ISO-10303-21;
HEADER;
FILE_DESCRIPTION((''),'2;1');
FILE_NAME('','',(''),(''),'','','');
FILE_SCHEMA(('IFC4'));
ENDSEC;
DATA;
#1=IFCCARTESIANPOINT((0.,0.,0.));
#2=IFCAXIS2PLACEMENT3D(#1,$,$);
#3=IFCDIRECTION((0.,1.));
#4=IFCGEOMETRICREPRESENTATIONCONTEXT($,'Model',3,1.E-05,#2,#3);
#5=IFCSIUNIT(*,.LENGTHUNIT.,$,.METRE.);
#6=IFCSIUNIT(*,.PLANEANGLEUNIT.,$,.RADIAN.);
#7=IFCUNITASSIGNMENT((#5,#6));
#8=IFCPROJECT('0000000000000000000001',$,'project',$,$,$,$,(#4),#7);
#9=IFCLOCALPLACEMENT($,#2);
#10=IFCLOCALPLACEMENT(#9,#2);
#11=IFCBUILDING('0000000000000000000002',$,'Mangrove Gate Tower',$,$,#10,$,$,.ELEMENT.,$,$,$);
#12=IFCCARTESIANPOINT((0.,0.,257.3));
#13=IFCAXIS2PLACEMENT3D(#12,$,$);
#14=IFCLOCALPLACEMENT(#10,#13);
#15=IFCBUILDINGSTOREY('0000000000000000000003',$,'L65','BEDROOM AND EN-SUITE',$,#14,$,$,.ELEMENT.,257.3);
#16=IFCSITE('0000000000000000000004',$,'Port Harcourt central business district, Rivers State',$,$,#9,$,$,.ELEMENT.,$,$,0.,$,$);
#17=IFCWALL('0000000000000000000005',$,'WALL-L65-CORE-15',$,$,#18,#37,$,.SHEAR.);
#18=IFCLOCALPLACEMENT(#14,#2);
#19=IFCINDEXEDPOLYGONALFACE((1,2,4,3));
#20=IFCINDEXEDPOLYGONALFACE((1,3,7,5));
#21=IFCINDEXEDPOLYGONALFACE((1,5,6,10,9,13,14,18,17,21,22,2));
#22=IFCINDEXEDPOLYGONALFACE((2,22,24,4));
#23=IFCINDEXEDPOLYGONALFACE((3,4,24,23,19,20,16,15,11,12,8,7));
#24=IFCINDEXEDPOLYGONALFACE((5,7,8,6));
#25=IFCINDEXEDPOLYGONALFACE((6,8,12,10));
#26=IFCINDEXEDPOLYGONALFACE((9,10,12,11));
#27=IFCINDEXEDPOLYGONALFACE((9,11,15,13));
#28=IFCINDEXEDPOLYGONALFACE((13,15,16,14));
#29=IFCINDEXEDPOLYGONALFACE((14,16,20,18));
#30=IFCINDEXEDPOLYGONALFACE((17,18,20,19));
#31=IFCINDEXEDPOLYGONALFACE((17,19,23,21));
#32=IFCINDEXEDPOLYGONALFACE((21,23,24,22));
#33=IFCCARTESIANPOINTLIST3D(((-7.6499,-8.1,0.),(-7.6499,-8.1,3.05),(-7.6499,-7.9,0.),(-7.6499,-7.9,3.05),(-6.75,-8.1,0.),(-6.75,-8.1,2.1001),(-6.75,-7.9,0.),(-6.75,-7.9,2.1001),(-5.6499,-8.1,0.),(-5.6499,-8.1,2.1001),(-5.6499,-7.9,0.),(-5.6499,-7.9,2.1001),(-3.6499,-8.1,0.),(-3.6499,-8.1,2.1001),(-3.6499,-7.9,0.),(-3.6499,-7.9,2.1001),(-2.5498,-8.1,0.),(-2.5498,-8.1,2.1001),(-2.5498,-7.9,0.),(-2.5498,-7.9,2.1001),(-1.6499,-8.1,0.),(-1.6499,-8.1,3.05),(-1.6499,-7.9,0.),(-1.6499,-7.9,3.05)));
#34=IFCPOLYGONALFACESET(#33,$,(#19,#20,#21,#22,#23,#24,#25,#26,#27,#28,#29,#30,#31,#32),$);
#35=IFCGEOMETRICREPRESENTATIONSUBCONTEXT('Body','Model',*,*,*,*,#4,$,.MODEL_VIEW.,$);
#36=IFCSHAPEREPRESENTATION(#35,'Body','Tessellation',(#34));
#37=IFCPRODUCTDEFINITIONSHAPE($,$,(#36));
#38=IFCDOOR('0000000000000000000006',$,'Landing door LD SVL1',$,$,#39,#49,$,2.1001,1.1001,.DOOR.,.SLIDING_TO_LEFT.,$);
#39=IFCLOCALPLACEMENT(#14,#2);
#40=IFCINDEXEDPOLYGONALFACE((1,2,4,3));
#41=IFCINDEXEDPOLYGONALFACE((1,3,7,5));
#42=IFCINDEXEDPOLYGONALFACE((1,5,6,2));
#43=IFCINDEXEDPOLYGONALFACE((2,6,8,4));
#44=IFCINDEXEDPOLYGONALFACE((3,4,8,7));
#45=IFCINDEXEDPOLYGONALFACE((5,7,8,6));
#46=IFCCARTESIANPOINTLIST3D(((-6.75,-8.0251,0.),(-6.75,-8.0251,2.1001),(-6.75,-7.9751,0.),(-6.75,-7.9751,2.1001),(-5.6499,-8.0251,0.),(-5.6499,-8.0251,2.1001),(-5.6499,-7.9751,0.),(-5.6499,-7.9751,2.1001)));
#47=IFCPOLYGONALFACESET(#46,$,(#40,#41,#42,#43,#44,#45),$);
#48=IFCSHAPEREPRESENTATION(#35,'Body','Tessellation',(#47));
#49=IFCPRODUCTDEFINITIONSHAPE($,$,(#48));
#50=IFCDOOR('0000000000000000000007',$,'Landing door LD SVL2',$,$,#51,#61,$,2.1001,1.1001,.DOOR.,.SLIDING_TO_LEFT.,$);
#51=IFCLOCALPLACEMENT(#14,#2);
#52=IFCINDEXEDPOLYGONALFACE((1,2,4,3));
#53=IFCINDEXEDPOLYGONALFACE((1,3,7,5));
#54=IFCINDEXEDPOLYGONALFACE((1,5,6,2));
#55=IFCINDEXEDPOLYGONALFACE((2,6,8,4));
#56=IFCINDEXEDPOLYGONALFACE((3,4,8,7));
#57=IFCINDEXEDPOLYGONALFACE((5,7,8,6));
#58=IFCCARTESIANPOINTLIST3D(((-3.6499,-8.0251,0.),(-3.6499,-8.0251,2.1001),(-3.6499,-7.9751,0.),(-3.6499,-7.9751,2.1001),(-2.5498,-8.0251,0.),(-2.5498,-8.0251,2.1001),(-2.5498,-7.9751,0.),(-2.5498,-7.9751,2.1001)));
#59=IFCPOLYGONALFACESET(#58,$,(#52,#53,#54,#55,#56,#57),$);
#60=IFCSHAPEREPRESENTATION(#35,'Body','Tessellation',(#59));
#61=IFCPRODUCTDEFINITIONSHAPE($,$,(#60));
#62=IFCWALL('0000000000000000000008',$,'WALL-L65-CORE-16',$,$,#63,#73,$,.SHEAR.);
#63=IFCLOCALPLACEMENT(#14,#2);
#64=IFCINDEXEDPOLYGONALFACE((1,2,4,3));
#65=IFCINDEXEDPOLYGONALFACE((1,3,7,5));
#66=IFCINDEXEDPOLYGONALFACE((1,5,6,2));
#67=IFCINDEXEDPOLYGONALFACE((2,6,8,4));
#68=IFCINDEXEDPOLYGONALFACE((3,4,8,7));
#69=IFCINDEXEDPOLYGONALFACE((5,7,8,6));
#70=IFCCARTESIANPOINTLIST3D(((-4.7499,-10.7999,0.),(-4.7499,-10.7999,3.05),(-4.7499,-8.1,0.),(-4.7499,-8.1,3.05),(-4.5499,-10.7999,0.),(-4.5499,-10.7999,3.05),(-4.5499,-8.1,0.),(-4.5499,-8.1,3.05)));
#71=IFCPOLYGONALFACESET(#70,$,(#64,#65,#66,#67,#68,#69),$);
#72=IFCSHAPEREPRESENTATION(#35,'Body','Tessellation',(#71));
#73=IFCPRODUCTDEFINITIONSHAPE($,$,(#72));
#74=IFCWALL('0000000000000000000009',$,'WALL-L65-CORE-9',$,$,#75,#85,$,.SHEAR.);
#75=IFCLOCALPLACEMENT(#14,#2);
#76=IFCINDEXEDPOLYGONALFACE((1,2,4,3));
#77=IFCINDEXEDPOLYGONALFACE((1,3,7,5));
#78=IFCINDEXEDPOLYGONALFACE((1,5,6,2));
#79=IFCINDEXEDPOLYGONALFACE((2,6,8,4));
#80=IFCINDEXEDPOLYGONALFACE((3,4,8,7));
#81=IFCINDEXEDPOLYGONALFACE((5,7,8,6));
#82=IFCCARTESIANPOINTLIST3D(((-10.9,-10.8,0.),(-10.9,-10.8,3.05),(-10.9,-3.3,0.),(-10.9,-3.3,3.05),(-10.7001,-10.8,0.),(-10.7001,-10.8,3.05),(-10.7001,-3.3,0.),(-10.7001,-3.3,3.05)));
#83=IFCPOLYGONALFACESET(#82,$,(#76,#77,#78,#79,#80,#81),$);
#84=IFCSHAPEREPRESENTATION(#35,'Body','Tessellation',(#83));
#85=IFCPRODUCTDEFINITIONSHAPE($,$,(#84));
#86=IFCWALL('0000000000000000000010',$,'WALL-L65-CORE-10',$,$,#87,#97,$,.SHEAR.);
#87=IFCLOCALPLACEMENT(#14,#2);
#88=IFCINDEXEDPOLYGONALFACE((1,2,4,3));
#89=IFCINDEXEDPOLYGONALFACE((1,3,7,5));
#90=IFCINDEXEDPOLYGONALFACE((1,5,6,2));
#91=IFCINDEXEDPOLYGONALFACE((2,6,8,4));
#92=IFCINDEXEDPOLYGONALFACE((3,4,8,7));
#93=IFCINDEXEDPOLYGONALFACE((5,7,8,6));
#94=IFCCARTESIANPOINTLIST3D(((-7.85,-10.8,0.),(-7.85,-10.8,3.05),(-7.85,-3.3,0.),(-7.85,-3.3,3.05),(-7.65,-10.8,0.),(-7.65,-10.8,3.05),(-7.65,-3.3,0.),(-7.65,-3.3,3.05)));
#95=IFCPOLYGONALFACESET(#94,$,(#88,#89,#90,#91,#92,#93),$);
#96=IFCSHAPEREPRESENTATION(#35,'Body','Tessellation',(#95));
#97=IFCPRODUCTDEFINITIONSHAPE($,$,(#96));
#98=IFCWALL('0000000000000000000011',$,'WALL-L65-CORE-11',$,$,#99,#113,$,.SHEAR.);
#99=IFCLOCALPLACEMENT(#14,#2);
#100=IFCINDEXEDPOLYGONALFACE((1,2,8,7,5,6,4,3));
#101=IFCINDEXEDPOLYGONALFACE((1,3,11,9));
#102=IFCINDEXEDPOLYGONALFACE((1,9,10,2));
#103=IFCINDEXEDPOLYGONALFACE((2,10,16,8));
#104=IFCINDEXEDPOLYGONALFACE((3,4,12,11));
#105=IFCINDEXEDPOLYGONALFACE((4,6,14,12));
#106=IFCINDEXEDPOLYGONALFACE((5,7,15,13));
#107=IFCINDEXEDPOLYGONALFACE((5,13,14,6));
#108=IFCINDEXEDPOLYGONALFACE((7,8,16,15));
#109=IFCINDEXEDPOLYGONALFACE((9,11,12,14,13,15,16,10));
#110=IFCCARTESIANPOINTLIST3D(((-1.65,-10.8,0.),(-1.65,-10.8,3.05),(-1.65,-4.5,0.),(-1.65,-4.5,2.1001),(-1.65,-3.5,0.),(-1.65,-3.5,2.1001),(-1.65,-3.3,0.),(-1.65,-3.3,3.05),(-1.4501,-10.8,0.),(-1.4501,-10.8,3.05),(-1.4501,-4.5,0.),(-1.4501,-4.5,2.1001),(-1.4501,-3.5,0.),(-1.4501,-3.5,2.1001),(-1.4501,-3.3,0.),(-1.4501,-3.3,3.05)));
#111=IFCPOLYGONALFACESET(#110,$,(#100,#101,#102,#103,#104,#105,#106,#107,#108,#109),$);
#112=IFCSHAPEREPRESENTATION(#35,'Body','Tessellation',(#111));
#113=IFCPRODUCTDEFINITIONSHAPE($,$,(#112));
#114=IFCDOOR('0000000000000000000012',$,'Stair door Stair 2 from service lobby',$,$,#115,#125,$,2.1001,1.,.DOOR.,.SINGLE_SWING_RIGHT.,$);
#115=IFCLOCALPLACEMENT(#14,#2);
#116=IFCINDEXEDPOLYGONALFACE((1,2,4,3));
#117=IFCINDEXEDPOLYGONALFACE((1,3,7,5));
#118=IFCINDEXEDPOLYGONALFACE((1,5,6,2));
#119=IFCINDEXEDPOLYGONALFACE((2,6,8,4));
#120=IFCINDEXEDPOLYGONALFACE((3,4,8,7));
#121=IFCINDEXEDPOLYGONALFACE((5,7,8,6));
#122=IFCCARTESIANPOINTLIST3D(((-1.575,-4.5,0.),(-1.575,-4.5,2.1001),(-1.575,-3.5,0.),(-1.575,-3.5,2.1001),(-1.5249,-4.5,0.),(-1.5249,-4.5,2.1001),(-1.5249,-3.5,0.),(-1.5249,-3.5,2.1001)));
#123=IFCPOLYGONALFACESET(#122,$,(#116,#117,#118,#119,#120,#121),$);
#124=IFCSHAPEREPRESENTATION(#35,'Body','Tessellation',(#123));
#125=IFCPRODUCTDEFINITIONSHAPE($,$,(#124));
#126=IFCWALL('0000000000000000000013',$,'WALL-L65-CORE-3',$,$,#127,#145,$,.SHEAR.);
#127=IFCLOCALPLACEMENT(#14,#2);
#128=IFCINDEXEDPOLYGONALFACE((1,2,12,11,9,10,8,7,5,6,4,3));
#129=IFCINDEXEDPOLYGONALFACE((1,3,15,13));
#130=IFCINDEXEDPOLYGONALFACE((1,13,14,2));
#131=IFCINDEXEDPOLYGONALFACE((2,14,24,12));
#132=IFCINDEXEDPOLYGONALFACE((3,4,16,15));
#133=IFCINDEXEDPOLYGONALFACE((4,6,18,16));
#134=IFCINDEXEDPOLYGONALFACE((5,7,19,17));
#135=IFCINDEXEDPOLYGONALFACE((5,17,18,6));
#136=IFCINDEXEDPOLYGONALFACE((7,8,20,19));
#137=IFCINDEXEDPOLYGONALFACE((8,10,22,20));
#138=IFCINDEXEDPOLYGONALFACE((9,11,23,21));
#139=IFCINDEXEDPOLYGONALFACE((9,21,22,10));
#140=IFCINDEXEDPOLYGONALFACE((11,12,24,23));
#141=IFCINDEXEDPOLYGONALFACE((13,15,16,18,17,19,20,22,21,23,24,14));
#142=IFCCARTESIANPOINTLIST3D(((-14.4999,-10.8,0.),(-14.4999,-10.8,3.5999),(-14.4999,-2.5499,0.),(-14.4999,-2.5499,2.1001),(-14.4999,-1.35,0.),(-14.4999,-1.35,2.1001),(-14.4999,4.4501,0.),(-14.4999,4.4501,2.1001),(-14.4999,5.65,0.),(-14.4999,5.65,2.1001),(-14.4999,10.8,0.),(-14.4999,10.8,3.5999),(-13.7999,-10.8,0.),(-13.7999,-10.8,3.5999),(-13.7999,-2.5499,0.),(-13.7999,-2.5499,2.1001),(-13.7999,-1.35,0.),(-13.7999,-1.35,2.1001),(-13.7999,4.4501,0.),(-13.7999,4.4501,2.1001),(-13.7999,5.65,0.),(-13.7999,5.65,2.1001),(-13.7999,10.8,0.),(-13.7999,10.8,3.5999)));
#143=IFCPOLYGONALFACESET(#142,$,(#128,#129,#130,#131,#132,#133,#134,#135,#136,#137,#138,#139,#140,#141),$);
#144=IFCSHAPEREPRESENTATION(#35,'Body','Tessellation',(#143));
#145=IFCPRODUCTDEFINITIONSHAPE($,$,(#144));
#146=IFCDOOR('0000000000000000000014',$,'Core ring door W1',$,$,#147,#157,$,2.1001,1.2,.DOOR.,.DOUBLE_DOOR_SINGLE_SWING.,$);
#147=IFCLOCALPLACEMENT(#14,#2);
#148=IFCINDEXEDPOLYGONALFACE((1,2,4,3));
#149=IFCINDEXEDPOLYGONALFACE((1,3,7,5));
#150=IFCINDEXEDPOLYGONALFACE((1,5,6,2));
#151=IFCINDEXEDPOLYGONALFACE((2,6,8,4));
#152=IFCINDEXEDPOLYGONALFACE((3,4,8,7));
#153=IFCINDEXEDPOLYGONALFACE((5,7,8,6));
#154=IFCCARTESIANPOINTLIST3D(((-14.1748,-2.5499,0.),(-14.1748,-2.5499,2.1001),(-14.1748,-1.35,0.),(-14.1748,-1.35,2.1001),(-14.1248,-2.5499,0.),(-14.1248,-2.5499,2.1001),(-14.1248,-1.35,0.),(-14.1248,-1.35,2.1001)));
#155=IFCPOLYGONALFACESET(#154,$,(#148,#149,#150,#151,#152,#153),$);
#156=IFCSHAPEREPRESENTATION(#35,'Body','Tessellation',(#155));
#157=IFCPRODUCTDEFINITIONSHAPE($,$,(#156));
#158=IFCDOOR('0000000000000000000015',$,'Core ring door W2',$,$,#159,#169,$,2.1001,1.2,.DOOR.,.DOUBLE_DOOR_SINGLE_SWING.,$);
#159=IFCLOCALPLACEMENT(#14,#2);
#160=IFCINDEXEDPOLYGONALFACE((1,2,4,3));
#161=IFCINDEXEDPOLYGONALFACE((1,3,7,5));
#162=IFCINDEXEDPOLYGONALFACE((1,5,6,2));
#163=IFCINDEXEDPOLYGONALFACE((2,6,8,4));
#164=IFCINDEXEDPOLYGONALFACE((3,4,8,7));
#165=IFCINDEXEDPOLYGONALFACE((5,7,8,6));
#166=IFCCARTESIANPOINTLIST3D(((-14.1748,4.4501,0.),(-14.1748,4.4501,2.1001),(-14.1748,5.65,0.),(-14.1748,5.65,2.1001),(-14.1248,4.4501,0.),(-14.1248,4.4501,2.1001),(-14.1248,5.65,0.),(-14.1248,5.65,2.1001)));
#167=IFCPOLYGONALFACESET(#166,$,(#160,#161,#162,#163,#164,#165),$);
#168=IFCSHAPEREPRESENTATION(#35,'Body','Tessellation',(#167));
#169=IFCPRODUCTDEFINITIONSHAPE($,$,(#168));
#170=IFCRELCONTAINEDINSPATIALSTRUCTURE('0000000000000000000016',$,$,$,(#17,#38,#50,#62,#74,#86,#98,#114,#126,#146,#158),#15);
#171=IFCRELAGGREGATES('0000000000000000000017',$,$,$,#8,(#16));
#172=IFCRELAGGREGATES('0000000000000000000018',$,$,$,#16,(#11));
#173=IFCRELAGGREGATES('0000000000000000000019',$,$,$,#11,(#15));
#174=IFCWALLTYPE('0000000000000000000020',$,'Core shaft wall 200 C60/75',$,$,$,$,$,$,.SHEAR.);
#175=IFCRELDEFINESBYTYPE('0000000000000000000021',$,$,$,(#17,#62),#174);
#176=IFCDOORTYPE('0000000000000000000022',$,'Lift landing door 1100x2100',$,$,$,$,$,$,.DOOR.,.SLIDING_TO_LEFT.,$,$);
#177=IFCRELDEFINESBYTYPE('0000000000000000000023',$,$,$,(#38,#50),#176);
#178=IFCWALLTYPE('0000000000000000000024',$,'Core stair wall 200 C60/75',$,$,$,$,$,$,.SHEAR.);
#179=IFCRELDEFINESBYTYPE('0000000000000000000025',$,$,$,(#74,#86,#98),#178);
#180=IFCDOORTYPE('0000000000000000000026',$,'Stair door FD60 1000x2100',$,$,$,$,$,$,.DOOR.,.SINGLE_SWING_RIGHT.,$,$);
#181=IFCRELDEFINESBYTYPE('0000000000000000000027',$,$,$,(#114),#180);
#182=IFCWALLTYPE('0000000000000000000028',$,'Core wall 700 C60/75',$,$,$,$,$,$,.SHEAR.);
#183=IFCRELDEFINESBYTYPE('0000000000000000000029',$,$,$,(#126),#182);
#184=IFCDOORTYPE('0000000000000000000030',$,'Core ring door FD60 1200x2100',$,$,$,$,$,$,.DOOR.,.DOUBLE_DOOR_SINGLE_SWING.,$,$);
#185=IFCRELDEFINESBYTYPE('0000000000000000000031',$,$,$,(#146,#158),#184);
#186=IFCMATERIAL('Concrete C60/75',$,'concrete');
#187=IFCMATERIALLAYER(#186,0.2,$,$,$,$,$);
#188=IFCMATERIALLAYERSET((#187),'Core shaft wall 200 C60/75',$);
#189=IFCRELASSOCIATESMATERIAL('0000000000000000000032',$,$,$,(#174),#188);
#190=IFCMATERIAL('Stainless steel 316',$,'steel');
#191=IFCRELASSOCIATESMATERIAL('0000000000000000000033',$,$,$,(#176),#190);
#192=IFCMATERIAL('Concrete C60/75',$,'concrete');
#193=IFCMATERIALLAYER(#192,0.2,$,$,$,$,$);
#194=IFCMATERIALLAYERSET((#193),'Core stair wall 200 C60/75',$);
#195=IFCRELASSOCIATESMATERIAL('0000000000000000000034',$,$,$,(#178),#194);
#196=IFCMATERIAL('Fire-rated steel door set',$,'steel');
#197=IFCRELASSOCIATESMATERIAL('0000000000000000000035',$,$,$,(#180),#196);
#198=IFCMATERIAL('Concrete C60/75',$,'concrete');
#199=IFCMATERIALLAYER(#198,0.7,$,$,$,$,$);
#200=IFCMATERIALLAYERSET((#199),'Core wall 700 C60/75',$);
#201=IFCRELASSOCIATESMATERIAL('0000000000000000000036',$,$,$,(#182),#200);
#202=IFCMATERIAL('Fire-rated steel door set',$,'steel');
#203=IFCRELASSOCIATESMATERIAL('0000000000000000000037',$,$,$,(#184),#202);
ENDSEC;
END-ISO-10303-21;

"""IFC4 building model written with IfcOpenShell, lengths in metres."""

from ifc_helpers import new_model, si_unit, direction, frame, frame_2d, origin, place, context, subcontext, project, spatial, rectangle, extrude, material, layer, layer_set, type_object, element, fill, save


model = new_model("IFC4")

# Units and contexts
model_context = context("Model", 3, precision=1e-05, world=origin(), true_north=direction((0.0, 1.0)))
body_context = subcontext(model_context, "Body", "Model", "MODEL_VIEW")
ifc_project = project(units=[si_unit("LENGTHUNIT", "METRE"), si_unit("PLANEANGLEUNIT", "RADIAN")], contexts=[model_context])

# Site, building, storey
site_placement = place(None, origin())
site = spatial("IfcSite", under=ifc_project, at=site_placement, Name="Port Harcourt central business district, Rivers State", CompositionType="ELEMENT", RefElevation=0.0)
building_placement = place(site_placement, origin())
building = spatial("IfcBuilding", under=site, at=building_placement, Name="Mangrove Gate Tower", CompositionType="ELEMENT")
storey_placement = place(building_placement, frame((0.0, 0.0, 257.3)))
storey = spatial("IfcBuildingStorey", under=building, at=storey_placement, Name="L65", Description="BEDROOM AND EN-SUITE", CompositionType="ELEMENT", Elevation=257.3)

# Wall, openings, doors
ifc_material_1 = material(Name="Concrete C60/75", Category="concrete")
ifc_layer_1 = layer(ifc_material_1, 0.2)
ifc_layer_set_1 = layer_set([ifc_layer_1], Name="Core shaft wall 200 C60/75")
wall_type_1 = type_object("IfcWallType", Name="Core shaft wall 200 C60/75", PredefinedType="SHEAR", material=ifc_layer_set_1)
wall_1_placement = place(storey_placement, frame((-7.6499, -8.0, 0.0), z_axis=(0.0, 0.0, 1.0), x_axis=(1.0, 0.0, 0.0)))
wall_1 = element("IfcWall", 1, at=wall_1_placement, inside=storey, type_object=wall_type_1, Name="WALL-L65-CORE-15", PredefinedType="SHEAR", context=body_context, shape_type="SweptSolid", body=[
    extrude(rectangle(XDim=6.0, YDim=0.2, at=frame_2d((3.0, 0.0))), origin(), (0.0, 0.0, 1.0), 3.05),
])
opening_1_placement = place(wall_1_placement, frame((0.8999, 0.0, 0.0)))
opening_1 = element("IfcOpeningElement", 2, at=opening_1_placement, cuts=wall_1, PredefinedType="OPENING", context=body_context, shape_type="SweptSolid", body=[
    extrude(rectangle(XDim=1.1001, YDim=2.1001, at=frame_2d((0.55, 1.05))), frame((0.0, 0.1099, 0.0), z_axis=(0.0, -1.0, 0.0), x_axis=(1.0, 0.0, 0.0)), (0.0, 0.0, 1.0), 0.22),
])
opening_2_placement = place(wall_1_placement, frame((4.0, 0.0, 0.0)))
opening_2 = element("IfcOpeningElement", 3, at=opening_2_placement, cuts=wall_1, PredefinedType="OPENING", context=body_context, shape_type="SweptSolid", body=[
    extrude(rectangle(XDim=1.1001, YDim=2.1001, at=frame_2d((0.55, 1.05))), frame((0.0, 0.1099, 0.0), z_axis=(0.0, -1.0, 0.0), x_axis=(1.0, 0.0, 0.0)), (0.0, 0.0, 1.0), 0.22),
])
ifc_material_2 = material(Name="Stainless steel 316", Category="steel")
door_type_1 = type_object("IfcDoorType", Name="Lift landing door 1100x2100", OperationType="SLIDING_TO_LEFT", PredefinedType="DOOR", material=ifc_material_2)
door_1_placement = place(opening_1_placement, origin())
door_1 = element("IfcDoor", 4, at=door_1_placement, inside=storey, type_object=door_type_1, Name="Landing door LD SVL1", OperationType="SLIDING_TO_LEFT", OverallHeight=2.1001, OverallWidth=1.1001, PredefinedType="DOOR", context=body_context, shape_type="SweptSolid", body=[
    extrude(rectangle(XDim=1.1001, YDim=2.1001, at=frame_2d((0.55, 1.05))), frame((0.0, 0.0249, 0.0), z_axis=(0.0, -1.0, 0.0), x_axis=(1.0, 0.0, 0.0)), (0.0, 0.0, 1.0), 0.05),
])
fill(opening_1, door_1)
door_2_placement = place(opening_2_placement, origin())
door_2 = element("IfcDoor", 5, at=door_2_placement, inside=storey, type_object=door_type_1, Name="Landing door LD SVL2", OperationType="SLIDING_TO_LEFT", OverallHeight=2.1001, OverallWidth=1.1001, PredefinedType="DOOR", context=body_context, shape_type="SweptSolid", body=[
    extrude(rectangle(XDim=1.1001, YDim=2.1001, at=frame_2d((0.55, 1.05))), frame((0.0, 0.0249, 0.0), z_axis=(0.0, -1.0, 0.0), x_axis=(1.0, 0.0, 0.0)), (0.0, 0.0, 1.0), 0.05),
])
fill(opening_2, door_2)

# Walls
wall_2_placement = place(storey_placement, frame((-4.6499, -10.8, 0.0), z_axis=(0.0, 0.0, 1.0), x_axis=(0.0, 1.0, 0.0)))
element("IfcWall", 6, at=wall_2_placement, inside=storey, type_object=wall_type_1, Name="WALL-L65-CORE-16", PredefinedType="SHEAR", context=body_context, shape_type="SweptSolid", body=[
    extrude(rectangle(XDim=2.7, YDim=0.2, at=frame_2d((1.3501, 0.0))), origin(), (0.0, 0.0, 1.0), 3.05),
])
ifc_material_3 = material(Name="Concrete C60/75", Category="concrete")
ifc_layer_2 = layer(ifc_material_3, 0.2)
ifc_layer_set_2 = layer_set([ifc_layer_2], Name="Core stair wall 200 C60/75")
wall_type_2 = type_object("IfcWallType", Name="Core stair wall 200 C60/75", PredefinedType="SHEAR", material=ifc_layer_set_2)
for number, where, z_axis, x_axis, name in (
    (7, (-10.8, -10.8, 0.0), (0.0, 0.0, 1.0), (0.0, 1.0, 0.0), "WALL-L65-CORE-9"),
    (8, (-7.75, -10.8, 0.0), (0.0, 0.0, 1.0), (0.0, 1.0, 0.0), "WALL-L65-CORE-10"),
):
    element("IfcWall", number, at=place(storey_placement, frame(where, z_axis=z_axis, x_axis=x_axis)), inside=storey, type_object=wall_type_2, Name=name, PredefinedType="SHEAR", context=body_context, shape_type="SweptSolid", body=[
        extrude(rectangle(XDim=7.5, YDim=0.2, at=frame_2d((3.75, 0.0))), origin(), (0.0, 0.0, 1.0), 3.05),
    ])

# Wall, opening, door
wall_3_placement = place(storey_placement, frame((-1.55, -10.8, 0.0), z_axis=(0.0, 0.0, 1.0), x_axis=(0.0, 1.0, 0.0)))
wall_3 = element("IfcWall", 9, at=wall_3_placement, inside=storey, type_object=wall_type_2, Name="WALL-L65-CORE-11", PredefinedType="SHEAR", context=body_context, shape_type="SweptSolid", body=[
    extrude(rectangle(XDim=7.5, YDim=0.2, at=frame_2d((3.75, 0.0))), origin(), (0.0, 0.0, 1.0), 3.05),
])
opening_3_placement = place(wall_3_placement, frame((6.3, 0.0, 0.0)))
opening_3 = element("IfcOpeningElement", 10, at=opening_3_placement, cuts=wall_3, PredefinedType="OPENING", context=body_context, shape_type="SweptSolid", body=[
    extrude(rectangle(XDim=1.0, YDim=2.1001, at=frame_2d((0.5, 1.05))), frame((0.0, 0.1099, 0.0), z_axis=(0.0, -1.0, 0.0), x_axis=(1.0, 0.0, 0.0)), (0.0, 0.0, 1.0), 0.22),
])
ifc_material_4 = material(Name="Fire-rated steel door set", Category="steel")
door_type_2 = type_object("IfcDoorType", Name="Stair door FD60 1000x2100", OperationType="SINGLE_SWING_RIGHT", PredefinedType="DOOR", material=ifc_material_4)
door_3_placement = place(opening_3_placement, origin())
door_3 = element("IfcDoor", 11, at=door_3_placement, inside=storey, type_object=door_type_2, Name="Stair door Stair 2 from service lobby", OperationType="SINGLE_SWING_RIGHT", OverallHeight=2.1001, OverallWidth=1.0, PredefinedType="DOOR", context=body_context, shape_type="SweptSolid", body=[
    extrude(rectangle(XDim=1.0, YDim=2.1001, at=frame_2d((0.5, 1.05))), frame((0.0, 0.0249, 0.0), z_axis=(0.0, -1.0, 0.0), x_axis=(1.0, 0.0, 0.0)), (0.0, 0.0, 1.0), 0.05),
])
fill(opening_3, door_3)

# Wall, openings, doors
ifc_material_5 = material(Name="Concrete C60/75", Category="concrete")
ifc_layer_3 = layer(ifc_material_5, 0.7)
ifc_layer_set_3 = layer_set([ifc_layer_3], Name="Core wall 700 C60/75")
wall_type_3 = type_object("IfcWallType", Name="Core wall 700 C60/75", PredefinedType="SHEAR", material=ifc_layer_set_3)
wall_4_placement = place(storey_placement, frame((-14.1499, -10.8, 0.0), z_axis=(0.0, 0.0, 1.0), x_axis=(0.0, 1.0, 0.0)))
wall_4 = element("IfcWall", 12, at=wall_4_placement, inside=storey, type_object=wall_type_3, Name="WALL-L65-CORE-3", PredefinedType="SHEAR", context=body_context, shape_type="SweptSolid", body=[
    extrude(rectangle(XDim=21.6001, YDim=0.7, at=frame_2d((10.8, 0.0))), origin(), (0.0, 0.0, 1.0), 3.5999),
])
opening_4_placement = place(wall_4_placement, frame((8.25, 0.0, 0.0)))
opening_4 = element("IfcOpeningElement", 13, at=opening_4_placement, cuts=wall_4, PredefinedType="OPENING", context=body_context, shape_type="SweptSolid", body=[
    extrude(rectangle(XDim=1.2, YDim=2.1001, at=frame_2d((0.6001, 1.05))), frame((0.0, 0.3599, 0.0), z_axis=(0.0, -1.0, 0.0), x_axis=(1.0, 0.0, 0.0)), (0.0, 0.0, 1.0), 0.72),
])
opening_5_placement = place(wall_4_placement, frame((15.25, 0.0, 0.0)))
opening_5 = element("IfcOpeningElement", 14, at=opening_5_placement, cuts=wall_4, PredefinedType="OPENING", context=body_context, shape_type="SweptSolid", body=[
    extrude(rectangle(XDim=1.2, YDim=2.1001, at=frame_2d((0.6001, 1.05))), frame((0.0, 0.3599, 0.0), z_axis=(0.0, -1.0, 0.0), x_axis=(1.0, 0.0, 0.0)), (0.0, 0.0, 1.0), 0.72),
])
ifc_material_6 = material(Name="Fire-rated steel door set", Category="steel")
door_type_3 = type_object("IfcDoorType", Name="Core ring door FD60 1200x2100", OperationType="DOUBLE_DOOR_SINGLE_SWING", PredefinedType="DOOR", material=ifc_material_6)
door_4_placement = place(opening_4_placement, origin())
door_4 = element("IfcDoor", 15, at=door_4_placement, inside=storey, type_object=door_type_3, Name="Core ring door W1", OperationType="DOUBLE_DOOR_SINGLE_SWING", OverallHeight=2.1001, OverallWidth=1.2, PredefinedType="DOOR", context=body_context, shape_type="SweptSolid", body=[
    extrude(rectangle(XDim=1.2, YDim=2.1001, at=frame_2d((0.6001, 1.05))), frame((0.0, 0.0249, 0.0), z_axis=(0.0, -1.0, 0.0), x_axis=(1.0, 0.0, 0.0)), (0.0, 0.0, 1.0), 0.05),
])
fill(opening_4, door_4)
door_5_placement = place(opening_5_placement, origin())
door_5 = element("IfcDoor", 16, at=door_5_placement, inside=storey, type_object=door_type_3, Name="Core ring door W2", OperationType="DOUBLE_DOOR_SINGLE_SWING", OverallHeight=2.1001, OverallWidth=1.2, PredefinedType="DOOR", context=body_context, shape_type="SweptSolid", body=[
    extrude(rectangle(XDim=1.2, YDim=2.1001, at=frame_2d((0.6001, 1.05))), frame((0.0, 0.0249, 0.0), z_axis=(0.0, -1.0, 0.0), x_axis=(1.0, 0.0, 0.0)), (0.0, 0.0, 1.0), 0.05),
])
fill(opening_5, door_5)

save(model, "model.ifc")
